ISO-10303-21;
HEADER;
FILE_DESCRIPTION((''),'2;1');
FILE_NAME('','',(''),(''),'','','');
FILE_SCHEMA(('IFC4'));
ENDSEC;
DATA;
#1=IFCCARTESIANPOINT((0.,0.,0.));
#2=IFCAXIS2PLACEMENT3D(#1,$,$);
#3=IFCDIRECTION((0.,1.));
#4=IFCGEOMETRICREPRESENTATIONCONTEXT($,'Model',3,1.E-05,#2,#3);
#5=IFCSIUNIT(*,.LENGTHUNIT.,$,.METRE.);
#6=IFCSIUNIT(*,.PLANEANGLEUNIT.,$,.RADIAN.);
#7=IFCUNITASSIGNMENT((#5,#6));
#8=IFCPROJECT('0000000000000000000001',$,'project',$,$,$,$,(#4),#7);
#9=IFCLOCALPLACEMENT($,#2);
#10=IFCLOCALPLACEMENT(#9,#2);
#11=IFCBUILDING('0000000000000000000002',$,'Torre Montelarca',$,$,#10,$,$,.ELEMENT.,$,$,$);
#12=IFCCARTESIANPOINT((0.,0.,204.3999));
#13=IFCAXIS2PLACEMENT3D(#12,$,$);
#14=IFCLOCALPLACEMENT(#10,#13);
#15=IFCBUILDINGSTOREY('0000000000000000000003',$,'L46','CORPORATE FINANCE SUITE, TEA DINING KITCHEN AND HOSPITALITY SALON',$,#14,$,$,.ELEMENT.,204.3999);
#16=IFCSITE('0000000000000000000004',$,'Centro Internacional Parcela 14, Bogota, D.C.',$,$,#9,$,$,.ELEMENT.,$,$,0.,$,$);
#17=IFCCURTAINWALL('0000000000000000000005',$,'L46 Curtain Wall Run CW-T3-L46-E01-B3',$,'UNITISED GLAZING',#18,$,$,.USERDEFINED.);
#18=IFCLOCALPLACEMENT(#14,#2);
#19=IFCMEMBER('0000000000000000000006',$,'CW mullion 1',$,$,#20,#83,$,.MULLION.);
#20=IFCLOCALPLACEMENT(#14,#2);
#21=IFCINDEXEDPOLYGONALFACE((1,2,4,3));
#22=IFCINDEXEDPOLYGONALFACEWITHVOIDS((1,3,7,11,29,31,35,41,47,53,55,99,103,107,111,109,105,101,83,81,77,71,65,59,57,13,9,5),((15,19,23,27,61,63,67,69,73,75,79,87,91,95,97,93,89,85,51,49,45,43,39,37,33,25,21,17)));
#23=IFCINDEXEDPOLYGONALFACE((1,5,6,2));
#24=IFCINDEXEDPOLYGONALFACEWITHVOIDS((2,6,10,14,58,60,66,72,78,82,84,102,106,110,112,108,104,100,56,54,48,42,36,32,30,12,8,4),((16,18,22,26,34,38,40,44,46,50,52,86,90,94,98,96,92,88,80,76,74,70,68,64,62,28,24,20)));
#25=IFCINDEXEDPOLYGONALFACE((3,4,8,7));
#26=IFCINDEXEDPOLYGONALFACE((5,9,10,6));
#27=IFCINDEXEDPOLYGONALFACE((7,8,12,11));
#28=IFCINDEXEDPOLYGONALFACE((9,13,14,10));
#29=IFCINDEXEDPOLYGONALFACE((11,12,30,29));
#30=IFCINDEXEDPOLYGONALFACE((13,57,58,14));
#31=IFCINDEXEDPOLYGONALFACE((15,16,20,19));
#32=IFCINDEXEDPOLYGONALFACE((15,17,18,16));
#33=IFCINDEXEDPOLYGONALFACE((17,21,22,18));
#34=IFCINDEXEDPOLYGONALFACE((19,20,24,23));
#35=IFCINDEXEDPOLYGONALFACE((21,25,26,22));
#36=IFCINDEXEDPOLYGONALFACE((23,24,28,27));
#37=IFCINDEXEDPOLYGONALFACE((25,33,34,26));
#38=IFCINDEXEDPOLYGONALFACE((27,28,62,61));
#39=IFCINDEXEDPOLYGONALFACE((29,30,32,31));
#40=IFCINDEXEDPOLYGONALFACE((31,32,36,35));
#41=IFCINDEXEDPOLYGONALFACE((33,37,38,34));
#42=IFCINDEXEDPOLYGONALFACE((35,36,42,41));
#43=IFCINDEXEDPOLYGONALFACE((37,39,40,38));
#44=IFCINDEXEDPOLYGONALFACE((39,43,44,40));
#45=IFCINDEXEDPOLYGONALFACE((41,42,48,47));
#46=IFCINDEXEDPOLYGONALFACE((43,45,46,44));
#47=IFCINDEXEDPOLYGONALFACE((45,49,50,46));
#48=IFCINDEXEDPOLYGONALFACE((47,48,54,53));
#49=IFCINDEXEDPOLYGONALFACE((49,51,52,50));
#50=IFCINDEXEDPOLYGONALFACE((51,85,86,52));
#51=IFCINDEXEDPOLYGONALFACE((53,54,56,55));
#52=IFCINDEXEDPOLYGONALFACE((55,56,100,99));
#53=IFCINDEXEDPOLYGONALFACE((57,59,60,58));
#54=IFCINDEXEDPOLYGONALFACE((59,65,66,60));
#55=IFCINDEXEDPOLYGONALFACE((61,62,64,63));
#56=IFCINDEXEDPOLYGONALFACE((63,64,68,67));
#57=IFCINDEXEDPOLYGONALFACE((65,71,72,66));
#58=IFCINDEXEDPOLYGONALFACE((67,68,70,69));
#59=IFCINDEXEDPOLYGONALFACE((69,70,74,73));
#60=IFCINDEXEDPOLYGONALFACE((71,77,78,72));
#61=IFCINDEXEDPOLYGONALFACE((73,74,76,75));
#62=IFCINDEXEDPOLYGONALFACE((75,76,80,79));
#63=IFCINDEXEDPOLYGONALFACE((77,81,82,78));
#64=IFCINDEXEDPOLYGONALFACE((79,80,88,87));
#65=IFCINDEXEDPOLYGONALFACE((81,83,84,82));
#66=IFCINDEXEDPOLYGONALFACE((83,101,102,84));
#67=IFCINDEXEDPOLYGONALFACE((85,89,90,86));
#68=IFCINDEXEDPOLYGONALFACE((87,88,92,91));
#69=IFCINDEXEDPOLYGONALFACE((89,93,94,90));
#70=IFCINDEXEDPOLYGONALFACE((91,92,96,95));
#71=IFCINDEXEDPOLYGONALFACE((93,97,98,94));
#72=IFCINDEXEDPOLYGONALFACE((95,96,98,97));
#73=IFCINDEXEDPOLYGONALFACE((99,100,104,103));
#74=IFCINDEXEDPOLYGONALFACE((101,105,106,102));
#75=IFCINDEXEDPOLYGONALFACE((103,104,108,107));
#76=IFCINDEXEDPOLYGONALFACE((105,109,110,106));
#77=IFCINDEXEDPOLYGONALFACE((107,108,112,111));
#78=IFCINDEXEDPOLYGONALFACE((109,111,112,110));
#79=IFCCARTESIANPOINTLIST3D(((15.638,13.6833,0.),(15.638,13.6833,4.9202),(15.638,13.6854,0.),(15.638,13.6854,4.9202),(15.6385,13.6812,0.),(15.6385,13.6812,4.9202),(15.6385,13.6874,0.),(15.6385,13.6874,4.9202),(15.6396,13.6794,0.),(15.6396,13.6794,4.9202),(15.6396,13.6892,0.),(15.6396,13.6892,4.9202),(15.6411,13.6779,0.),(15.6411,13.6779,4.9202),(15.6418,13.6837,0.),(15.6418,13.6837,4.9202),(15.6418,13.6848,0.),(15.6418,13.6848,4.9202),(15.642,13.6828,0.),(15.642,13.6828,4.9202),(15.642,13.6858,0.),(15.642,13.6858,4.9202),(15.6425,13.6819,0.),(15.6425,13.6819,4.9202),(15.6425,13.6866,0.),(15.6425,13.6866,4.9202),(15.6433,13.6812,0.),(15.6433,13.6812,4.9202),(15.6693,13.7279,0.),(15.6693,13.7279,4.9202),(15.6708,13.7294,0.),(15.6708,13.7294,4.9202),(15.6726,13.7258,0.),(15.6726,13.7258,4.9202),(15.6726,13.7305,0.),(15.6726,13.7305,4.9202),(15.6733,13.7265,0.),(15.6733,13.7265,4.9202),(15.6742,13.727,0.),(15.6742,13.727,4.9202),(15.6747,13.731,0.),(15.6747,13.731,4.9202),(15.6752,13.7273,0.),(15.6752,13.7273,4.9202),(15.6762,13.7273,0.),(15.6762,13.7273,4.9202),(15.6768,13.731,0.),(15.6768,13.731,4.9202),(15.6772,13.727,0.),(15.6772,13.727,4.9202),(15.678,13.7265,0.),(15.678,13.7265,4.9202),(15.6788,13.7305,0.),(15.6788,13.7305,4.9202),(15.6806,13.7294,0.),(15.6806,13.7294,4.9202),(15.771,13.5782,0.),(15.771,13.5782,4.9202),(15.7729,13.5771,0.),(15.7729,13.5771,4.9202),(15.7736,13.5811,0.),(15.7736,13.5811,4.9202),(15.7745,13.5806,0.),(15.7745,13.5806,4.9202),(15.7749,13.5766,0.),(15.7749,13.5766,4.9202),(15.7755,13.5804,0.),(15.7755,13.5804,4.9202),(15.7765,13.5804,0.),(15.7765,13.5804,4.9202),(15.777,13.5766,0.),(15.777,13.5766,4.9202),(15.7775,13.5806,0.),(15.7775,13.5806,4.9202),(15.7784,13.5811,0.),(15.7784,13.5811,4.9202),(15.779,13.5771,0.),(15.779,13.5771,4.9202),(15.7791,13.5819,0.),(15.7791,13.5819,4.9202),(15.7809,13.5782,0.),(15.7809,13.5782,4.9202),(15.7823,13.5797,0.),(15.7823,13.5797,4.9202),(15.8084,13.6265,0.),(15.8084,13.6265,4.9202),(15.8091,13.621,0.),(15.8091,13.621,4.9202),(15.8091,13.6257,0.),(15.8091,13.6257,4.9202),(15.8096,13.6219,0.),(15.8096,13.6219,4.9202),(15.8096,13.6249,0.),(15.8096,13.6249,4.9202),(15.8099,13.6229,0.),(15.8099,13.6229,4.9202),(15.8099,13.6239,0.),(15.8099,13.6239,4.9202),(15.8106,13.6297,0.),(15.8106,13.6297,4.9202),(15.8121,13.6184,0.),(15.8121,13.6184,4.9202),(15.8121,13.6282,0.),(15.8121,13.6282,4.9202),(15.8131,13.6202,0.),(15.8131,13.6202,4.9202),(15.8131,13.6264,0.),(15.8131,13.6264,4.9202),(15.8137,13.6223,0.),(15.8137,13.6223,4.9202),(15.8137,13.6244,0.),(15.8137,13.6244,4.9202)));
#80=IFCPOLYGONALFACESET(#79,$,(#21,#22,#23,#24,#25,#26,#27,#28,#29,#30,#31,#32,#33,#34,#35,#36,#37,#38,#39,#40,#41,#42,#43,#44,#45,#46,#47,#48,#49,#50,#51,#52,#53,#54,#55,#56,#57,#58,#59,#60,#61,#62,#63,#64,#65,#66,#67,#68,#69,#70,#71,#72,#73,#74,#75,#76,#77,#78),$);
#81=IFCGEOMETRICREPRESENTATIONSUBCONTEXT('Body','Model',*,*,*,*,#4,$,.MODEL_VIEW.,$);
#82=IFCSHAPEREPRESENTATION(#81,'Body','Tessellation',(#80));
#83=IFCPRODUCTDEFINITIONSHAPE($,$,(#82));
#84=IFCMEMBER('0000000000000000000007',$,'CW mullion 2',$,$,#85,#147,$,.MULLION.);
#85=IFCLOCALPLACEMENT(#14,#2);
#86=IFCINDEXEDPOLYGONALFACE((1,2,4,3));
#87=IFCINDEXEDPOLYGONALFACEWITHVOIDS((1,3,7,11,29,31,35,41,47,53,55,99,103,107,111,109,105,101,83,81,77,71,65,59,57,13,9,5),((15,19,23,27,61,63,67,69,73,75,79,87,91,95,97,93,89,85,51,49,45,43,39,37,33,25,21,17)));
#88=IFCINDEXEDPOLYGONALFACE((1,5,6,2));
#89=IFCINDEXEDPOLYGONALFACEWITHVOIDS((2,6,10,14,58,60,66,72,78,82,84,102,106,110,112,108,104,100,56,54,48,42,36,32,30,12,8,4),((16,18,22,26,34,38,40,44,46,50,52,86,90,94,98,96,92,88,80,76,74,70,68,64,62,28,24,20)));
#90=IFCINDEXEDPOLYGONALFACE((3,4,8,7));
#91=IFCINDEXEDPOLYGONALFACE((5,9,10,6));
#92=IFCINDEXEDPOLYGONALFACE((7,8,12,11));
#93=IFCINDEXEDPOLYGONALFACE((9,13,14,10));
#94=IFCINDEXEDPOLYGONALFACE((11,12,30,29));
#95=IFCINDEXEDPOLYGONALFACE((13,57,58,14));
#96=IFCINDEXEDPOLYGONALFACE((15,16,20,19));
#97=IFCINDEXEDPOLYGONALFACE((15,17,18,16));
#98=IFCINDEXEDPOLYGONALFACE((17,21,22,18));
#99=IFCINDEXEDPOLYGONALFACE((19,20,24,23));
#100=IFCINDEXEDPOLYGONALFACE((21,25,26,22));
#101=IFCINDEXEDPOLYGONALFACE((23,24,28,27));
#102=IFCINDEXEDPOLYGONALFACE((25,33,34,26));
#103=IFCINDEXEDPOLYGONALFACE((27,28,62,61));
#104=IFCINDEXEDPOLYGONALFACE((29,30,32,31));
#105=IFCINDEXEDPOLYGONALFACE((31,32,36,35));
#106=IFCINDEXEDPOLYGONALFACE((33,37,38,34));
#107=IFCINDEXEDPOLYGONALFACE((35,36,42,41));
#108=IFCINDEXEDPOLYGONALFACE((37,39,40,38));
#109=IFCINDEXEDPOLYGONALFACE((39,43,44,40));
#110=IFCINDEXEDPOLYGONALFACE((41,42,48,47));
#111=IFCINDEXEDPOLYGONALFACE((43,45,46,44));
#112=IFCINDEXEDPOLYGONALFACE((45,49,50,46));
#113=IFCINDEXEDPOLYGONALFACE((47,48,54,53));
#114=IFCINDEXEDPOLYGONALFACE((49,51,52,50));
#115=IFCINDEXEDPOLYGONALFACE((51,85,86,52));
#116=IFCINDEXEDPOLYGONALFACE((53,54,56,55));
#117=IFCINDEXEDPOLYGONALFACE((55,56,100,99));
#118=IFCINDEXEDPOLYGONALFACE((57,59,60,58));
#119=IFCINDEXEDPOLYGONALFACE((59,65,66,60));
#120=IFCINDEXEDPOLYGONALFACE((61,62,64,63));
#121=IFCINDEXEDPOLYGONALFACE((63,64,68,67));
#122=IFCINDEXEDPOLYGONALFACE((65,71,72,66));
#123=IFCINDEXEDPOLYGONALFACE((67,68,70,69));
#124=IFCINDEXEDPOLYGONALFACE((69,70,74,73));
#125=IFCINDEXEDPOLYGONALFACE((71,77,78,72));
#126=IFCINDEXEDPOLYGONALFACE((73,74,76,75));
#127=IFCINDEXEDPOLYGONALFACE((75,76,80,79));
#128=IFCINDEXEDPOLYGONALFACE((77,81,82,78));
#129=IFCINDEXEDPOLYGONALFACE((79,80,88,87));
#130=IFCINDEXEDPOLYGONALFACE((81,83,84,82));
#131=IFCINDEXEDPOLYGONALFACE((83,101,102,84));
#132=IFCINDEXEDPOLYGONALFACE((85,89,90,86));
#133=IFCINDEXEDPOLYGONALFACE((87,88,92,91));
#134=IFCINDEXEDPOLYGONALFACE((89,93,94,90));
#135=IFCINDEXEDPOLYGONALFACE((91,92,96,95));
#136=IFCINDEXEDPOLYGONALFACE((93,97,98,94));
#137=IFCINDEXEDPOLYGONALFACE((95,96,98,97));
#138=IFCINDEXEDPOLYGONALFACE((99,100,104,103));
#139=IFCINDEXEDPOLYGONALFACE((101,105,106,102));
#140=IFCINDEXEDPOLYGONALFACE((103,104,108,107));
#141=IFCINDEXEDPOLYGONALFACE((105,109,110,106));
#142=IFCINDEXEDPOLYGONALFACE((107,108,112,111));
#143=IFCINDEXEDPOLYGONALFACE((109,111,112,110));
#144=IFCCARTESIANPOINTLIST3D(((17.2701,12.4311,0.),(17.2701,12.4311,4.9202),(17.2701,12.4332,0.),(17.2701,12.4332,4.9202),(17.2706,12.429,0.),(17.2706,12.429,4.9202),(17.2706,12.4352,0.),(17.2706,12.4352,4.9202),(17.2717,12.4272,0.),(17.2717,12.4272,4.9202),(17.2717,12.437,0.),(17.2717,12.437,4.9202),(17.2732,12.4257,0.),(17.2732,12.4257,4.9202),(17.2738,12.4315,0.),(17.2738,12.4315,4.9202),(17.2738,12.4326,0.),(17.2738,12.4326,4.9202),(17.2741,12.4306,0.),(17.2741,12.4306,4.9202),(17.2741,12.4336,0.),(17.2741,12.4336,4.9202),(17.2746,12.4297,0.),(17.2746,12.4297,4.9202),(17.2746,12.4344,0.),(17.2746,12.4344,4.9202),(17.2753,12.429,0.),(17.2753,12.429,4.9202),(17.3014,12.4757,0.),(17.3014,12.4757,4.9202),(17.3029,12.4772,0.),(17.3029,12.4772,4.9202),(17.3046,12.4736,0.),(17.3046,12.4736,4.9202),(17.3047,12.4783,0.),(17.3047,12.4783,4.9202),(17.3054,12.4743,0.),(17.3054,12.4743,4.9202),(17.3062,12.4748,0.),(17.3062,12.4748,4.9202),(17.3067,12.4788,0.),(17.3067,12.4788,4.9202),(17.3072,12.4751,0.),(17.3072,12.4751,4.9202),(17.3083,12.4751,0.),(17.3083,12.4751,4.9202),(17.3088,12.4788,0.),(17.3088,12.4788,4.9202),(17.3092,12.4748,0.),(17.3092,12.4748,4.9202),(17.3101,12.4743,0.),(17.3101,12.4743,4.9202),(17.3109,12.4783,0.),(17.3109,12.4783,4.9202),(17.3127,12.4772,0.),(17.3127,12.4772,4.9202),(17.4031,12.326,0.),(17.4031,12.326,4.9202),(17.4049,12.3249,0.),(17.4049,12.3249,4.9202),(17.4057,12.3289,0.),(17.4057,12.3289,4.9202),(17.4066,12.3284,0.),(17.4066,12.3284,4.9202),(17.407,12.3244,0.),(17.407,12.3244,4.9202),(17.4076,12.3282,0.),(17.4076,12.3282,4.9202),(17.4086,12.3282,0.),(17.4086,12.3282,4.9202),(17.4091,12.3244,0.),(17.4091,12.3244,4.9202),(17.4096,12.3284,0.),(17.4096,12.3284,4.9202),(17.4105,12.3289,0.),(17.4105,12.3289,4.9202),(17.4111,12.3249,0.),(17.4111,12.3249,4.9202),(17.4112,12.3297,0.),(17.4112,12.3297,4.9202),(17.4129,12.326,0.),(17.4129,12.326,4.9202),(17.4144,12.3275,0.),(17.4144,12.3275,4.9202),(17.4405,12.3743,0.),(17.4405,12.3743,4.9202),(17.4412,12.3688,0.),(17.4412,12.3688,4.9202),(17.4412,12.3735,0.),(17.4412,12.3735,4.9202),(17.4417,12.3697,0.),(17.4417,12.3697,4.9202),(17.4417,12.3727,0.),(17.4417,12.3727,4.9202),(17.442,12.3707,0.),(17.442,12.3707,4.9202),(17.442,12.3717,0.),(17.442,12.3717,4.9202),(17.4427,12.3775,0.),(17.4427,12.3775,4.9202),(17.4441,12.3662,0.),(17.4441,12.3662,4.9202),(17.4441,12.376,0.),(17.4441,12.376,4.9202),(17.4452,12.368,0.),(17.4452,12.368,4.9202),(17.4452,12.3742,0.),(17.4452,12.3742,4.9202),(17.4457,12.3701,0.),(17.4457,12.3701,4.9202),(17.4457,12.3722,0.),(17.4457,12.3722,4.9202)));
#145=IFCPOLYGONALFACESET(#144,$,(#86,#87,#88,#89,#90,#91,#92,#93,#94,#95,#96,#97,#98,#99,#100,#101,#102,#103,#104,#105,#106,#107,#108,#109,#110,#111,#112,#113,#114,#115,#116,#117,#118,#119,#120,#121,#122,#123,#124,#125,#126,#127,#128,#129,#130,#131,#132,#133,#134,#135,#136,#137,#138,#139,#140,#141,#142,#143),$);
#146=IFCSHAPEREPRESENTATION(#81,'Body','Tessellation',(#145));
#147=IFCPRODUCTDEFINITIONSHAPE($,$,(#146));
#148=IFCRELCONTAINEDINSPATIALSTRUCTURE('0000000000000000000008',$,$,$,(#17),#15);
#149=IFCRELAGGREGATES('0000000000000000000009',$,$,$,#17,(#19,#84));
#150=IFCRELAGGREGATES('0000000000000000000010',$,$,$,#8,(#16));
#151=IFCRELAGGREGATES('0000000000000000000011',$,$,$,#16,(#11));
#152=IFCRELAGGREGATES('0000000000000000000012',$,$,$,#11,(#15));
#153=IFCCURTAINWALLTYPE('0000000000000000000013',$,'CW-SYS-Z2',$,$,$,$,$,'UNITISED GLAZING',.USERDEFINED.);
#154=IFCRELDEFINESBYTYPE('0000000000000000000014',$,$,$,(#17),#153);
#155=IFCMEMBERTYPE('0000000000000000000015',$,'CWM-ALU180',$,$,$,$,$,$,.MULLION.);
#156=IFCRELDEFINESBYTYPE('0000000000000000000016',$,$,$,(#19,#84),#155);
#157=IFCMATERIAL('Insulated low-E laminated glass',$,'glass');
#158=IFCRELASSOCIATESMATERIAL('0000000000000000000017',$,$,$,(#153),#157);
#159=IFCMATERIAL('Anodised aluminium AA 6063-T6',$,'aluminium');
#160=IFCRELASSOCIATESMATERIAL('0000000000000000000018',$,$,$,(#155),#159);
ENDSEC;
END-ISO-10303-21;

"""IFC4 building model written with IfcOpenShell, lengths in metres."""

from ifc_helpers import new_model, si_unit, direction, frame, origin, origin_2d, place, context, subcontext, project, spatial, hollow_rectangle, extrude, source, transform, mapped, material, material_profile, profile_set, type_object, element, aggregate, save


model = new_model("IFC4")

# Units and contexts
model_context = context("Model", 3, precision=1e-05, world=origin(), true_north=direction((0.0, 1.0)))
body_context = subcontext(model_context, "Body", "Model", "MODEL_VIEW")
ifc_project = project(units=[si_unit("LENGTHUNIT", "METRE"), si_unit("PLANEANGLEUNIT", "RADIAN")], contexts=[model_context])

# Site, building, storey
site_placement = place(None, origin())
site = spatial("IfcSite", under=ifc_project, at=site_placement, Name="Centro Internacional Parcela 14, Bogota, D.C.", CompositionType="ELEMENT", RefElevation=0.0)
building_placement = place(site_placement, origin())
building = spatial("IfcBuilding", under=site, at=building_placement, Name="Torre Montelarca", CompositionType="ELEMENT")
storey_placement = place(building_placement, frame((0.0, 0.0, 204.3999)))
storey = spatial("IfcBuildingStorey", under=building, at=storey_placement, Name="L46", Description="CORPORATE FINANCE SUITE, TEA DINING KITCHEN AND HOSPITALITY SALON", CompositionType="ELEMENT", Elevation=204.3999)

# Shared definitions
ifc_material_1 = material(Name="Insulated low-E laminated glass", Category="glass")
curtain_wall_type = type_object("IfcCurtainWallType", Name="CW-SYS-Z2", ElementType="UNITISED GLAZING", PredefinedType="USERDEFINED", material=ifc_material_1)
ifc_material_2 = material(Name="Anodised aluminium AA 6063-T6", Category="aluminium")

# Shared definitions
ifc_material_profile_1 = material_profile(ifc_material_2, hollow_rectangle(XDim=0.0649, YDim=0.1799, WallThickness=0.0039, InnerFilletRadius=0.0039, OuterFilletRadius=0.0081, at=origin_2d()), Name="ALU65X180X4", Category="aluminium")
ifc_profile_set_1 = profile_set([ifc_material_profile_1], Name="Anodised aluminium AA 6063-T6")
member_type_1 = type_object("IfcMemberType", Name="CWM-ALU180", PredefinedType="MULLION", material=ifc_profile_set_1)
shared_shape_1 = source(origin(), body_context, "Body", "SweptSolid", [
    extrude(hollow_rectangle(XDim=0.0649, YDim=0.1799, WallThickness=0.0039, InnerFilletRadius=0.0039, OuterFilletRadius=0.0081, at=origin_2d()), origin(), (0.0, 0.0, 1.0), 4.9202),
])

# Curtain wall, members
curtain_wall_1_placement = place(storey_placement, origin())
curtain_wall_1 = element("IfcCurtainWall", 1, at=curtain_wall_1_placement, inside=storey, type_object=curtain_wall_type, Name="L46 Curtain Wall Run CW-T3-L46-E01-B3", ObjectType="UNITISED GLAZING", PredefinedType="USERDEFINED")
member_1_placement = place(storey_placement, frame((15.7258, 13.6538, 0.0), z_axis=(0.0, 0.0, 1.0), x_axis=(0.608754, 0.793359, 0.0)))
member_1 = element("IfcMember", 2, at=member_1_placement, type_object=member_type_1, Name="CW mullion 1", PredefinedType="MULLION", context=body_context, shape_type="MappedRepresentation", body=[
    mapped(shared_shape_1, transform((0.0, 0.0, 0.0), scale=1.0)),
])
member_2_placement = place(storey_placement, frame((17.3579, 12.4016, 0.0), z_axis=(0.0, 0.0, 1.0), x_axis=(0.608754, 0.793359, 0.0)))
member_2 = element("IfcMember", 3, at=member_2_placement, type_object=member_type_1, Name="CW mullion 2", PredefinedType="MULLION", context=body_context, shape_type="MappedRepresentation", body=[
    mapped(shared_shape_1, transform((0.0, 0.0, 0.0), scale=1.0)),
])

aggregate(curtain_wall_1, [member_1, member_2])

save(model, "model.ifc")
